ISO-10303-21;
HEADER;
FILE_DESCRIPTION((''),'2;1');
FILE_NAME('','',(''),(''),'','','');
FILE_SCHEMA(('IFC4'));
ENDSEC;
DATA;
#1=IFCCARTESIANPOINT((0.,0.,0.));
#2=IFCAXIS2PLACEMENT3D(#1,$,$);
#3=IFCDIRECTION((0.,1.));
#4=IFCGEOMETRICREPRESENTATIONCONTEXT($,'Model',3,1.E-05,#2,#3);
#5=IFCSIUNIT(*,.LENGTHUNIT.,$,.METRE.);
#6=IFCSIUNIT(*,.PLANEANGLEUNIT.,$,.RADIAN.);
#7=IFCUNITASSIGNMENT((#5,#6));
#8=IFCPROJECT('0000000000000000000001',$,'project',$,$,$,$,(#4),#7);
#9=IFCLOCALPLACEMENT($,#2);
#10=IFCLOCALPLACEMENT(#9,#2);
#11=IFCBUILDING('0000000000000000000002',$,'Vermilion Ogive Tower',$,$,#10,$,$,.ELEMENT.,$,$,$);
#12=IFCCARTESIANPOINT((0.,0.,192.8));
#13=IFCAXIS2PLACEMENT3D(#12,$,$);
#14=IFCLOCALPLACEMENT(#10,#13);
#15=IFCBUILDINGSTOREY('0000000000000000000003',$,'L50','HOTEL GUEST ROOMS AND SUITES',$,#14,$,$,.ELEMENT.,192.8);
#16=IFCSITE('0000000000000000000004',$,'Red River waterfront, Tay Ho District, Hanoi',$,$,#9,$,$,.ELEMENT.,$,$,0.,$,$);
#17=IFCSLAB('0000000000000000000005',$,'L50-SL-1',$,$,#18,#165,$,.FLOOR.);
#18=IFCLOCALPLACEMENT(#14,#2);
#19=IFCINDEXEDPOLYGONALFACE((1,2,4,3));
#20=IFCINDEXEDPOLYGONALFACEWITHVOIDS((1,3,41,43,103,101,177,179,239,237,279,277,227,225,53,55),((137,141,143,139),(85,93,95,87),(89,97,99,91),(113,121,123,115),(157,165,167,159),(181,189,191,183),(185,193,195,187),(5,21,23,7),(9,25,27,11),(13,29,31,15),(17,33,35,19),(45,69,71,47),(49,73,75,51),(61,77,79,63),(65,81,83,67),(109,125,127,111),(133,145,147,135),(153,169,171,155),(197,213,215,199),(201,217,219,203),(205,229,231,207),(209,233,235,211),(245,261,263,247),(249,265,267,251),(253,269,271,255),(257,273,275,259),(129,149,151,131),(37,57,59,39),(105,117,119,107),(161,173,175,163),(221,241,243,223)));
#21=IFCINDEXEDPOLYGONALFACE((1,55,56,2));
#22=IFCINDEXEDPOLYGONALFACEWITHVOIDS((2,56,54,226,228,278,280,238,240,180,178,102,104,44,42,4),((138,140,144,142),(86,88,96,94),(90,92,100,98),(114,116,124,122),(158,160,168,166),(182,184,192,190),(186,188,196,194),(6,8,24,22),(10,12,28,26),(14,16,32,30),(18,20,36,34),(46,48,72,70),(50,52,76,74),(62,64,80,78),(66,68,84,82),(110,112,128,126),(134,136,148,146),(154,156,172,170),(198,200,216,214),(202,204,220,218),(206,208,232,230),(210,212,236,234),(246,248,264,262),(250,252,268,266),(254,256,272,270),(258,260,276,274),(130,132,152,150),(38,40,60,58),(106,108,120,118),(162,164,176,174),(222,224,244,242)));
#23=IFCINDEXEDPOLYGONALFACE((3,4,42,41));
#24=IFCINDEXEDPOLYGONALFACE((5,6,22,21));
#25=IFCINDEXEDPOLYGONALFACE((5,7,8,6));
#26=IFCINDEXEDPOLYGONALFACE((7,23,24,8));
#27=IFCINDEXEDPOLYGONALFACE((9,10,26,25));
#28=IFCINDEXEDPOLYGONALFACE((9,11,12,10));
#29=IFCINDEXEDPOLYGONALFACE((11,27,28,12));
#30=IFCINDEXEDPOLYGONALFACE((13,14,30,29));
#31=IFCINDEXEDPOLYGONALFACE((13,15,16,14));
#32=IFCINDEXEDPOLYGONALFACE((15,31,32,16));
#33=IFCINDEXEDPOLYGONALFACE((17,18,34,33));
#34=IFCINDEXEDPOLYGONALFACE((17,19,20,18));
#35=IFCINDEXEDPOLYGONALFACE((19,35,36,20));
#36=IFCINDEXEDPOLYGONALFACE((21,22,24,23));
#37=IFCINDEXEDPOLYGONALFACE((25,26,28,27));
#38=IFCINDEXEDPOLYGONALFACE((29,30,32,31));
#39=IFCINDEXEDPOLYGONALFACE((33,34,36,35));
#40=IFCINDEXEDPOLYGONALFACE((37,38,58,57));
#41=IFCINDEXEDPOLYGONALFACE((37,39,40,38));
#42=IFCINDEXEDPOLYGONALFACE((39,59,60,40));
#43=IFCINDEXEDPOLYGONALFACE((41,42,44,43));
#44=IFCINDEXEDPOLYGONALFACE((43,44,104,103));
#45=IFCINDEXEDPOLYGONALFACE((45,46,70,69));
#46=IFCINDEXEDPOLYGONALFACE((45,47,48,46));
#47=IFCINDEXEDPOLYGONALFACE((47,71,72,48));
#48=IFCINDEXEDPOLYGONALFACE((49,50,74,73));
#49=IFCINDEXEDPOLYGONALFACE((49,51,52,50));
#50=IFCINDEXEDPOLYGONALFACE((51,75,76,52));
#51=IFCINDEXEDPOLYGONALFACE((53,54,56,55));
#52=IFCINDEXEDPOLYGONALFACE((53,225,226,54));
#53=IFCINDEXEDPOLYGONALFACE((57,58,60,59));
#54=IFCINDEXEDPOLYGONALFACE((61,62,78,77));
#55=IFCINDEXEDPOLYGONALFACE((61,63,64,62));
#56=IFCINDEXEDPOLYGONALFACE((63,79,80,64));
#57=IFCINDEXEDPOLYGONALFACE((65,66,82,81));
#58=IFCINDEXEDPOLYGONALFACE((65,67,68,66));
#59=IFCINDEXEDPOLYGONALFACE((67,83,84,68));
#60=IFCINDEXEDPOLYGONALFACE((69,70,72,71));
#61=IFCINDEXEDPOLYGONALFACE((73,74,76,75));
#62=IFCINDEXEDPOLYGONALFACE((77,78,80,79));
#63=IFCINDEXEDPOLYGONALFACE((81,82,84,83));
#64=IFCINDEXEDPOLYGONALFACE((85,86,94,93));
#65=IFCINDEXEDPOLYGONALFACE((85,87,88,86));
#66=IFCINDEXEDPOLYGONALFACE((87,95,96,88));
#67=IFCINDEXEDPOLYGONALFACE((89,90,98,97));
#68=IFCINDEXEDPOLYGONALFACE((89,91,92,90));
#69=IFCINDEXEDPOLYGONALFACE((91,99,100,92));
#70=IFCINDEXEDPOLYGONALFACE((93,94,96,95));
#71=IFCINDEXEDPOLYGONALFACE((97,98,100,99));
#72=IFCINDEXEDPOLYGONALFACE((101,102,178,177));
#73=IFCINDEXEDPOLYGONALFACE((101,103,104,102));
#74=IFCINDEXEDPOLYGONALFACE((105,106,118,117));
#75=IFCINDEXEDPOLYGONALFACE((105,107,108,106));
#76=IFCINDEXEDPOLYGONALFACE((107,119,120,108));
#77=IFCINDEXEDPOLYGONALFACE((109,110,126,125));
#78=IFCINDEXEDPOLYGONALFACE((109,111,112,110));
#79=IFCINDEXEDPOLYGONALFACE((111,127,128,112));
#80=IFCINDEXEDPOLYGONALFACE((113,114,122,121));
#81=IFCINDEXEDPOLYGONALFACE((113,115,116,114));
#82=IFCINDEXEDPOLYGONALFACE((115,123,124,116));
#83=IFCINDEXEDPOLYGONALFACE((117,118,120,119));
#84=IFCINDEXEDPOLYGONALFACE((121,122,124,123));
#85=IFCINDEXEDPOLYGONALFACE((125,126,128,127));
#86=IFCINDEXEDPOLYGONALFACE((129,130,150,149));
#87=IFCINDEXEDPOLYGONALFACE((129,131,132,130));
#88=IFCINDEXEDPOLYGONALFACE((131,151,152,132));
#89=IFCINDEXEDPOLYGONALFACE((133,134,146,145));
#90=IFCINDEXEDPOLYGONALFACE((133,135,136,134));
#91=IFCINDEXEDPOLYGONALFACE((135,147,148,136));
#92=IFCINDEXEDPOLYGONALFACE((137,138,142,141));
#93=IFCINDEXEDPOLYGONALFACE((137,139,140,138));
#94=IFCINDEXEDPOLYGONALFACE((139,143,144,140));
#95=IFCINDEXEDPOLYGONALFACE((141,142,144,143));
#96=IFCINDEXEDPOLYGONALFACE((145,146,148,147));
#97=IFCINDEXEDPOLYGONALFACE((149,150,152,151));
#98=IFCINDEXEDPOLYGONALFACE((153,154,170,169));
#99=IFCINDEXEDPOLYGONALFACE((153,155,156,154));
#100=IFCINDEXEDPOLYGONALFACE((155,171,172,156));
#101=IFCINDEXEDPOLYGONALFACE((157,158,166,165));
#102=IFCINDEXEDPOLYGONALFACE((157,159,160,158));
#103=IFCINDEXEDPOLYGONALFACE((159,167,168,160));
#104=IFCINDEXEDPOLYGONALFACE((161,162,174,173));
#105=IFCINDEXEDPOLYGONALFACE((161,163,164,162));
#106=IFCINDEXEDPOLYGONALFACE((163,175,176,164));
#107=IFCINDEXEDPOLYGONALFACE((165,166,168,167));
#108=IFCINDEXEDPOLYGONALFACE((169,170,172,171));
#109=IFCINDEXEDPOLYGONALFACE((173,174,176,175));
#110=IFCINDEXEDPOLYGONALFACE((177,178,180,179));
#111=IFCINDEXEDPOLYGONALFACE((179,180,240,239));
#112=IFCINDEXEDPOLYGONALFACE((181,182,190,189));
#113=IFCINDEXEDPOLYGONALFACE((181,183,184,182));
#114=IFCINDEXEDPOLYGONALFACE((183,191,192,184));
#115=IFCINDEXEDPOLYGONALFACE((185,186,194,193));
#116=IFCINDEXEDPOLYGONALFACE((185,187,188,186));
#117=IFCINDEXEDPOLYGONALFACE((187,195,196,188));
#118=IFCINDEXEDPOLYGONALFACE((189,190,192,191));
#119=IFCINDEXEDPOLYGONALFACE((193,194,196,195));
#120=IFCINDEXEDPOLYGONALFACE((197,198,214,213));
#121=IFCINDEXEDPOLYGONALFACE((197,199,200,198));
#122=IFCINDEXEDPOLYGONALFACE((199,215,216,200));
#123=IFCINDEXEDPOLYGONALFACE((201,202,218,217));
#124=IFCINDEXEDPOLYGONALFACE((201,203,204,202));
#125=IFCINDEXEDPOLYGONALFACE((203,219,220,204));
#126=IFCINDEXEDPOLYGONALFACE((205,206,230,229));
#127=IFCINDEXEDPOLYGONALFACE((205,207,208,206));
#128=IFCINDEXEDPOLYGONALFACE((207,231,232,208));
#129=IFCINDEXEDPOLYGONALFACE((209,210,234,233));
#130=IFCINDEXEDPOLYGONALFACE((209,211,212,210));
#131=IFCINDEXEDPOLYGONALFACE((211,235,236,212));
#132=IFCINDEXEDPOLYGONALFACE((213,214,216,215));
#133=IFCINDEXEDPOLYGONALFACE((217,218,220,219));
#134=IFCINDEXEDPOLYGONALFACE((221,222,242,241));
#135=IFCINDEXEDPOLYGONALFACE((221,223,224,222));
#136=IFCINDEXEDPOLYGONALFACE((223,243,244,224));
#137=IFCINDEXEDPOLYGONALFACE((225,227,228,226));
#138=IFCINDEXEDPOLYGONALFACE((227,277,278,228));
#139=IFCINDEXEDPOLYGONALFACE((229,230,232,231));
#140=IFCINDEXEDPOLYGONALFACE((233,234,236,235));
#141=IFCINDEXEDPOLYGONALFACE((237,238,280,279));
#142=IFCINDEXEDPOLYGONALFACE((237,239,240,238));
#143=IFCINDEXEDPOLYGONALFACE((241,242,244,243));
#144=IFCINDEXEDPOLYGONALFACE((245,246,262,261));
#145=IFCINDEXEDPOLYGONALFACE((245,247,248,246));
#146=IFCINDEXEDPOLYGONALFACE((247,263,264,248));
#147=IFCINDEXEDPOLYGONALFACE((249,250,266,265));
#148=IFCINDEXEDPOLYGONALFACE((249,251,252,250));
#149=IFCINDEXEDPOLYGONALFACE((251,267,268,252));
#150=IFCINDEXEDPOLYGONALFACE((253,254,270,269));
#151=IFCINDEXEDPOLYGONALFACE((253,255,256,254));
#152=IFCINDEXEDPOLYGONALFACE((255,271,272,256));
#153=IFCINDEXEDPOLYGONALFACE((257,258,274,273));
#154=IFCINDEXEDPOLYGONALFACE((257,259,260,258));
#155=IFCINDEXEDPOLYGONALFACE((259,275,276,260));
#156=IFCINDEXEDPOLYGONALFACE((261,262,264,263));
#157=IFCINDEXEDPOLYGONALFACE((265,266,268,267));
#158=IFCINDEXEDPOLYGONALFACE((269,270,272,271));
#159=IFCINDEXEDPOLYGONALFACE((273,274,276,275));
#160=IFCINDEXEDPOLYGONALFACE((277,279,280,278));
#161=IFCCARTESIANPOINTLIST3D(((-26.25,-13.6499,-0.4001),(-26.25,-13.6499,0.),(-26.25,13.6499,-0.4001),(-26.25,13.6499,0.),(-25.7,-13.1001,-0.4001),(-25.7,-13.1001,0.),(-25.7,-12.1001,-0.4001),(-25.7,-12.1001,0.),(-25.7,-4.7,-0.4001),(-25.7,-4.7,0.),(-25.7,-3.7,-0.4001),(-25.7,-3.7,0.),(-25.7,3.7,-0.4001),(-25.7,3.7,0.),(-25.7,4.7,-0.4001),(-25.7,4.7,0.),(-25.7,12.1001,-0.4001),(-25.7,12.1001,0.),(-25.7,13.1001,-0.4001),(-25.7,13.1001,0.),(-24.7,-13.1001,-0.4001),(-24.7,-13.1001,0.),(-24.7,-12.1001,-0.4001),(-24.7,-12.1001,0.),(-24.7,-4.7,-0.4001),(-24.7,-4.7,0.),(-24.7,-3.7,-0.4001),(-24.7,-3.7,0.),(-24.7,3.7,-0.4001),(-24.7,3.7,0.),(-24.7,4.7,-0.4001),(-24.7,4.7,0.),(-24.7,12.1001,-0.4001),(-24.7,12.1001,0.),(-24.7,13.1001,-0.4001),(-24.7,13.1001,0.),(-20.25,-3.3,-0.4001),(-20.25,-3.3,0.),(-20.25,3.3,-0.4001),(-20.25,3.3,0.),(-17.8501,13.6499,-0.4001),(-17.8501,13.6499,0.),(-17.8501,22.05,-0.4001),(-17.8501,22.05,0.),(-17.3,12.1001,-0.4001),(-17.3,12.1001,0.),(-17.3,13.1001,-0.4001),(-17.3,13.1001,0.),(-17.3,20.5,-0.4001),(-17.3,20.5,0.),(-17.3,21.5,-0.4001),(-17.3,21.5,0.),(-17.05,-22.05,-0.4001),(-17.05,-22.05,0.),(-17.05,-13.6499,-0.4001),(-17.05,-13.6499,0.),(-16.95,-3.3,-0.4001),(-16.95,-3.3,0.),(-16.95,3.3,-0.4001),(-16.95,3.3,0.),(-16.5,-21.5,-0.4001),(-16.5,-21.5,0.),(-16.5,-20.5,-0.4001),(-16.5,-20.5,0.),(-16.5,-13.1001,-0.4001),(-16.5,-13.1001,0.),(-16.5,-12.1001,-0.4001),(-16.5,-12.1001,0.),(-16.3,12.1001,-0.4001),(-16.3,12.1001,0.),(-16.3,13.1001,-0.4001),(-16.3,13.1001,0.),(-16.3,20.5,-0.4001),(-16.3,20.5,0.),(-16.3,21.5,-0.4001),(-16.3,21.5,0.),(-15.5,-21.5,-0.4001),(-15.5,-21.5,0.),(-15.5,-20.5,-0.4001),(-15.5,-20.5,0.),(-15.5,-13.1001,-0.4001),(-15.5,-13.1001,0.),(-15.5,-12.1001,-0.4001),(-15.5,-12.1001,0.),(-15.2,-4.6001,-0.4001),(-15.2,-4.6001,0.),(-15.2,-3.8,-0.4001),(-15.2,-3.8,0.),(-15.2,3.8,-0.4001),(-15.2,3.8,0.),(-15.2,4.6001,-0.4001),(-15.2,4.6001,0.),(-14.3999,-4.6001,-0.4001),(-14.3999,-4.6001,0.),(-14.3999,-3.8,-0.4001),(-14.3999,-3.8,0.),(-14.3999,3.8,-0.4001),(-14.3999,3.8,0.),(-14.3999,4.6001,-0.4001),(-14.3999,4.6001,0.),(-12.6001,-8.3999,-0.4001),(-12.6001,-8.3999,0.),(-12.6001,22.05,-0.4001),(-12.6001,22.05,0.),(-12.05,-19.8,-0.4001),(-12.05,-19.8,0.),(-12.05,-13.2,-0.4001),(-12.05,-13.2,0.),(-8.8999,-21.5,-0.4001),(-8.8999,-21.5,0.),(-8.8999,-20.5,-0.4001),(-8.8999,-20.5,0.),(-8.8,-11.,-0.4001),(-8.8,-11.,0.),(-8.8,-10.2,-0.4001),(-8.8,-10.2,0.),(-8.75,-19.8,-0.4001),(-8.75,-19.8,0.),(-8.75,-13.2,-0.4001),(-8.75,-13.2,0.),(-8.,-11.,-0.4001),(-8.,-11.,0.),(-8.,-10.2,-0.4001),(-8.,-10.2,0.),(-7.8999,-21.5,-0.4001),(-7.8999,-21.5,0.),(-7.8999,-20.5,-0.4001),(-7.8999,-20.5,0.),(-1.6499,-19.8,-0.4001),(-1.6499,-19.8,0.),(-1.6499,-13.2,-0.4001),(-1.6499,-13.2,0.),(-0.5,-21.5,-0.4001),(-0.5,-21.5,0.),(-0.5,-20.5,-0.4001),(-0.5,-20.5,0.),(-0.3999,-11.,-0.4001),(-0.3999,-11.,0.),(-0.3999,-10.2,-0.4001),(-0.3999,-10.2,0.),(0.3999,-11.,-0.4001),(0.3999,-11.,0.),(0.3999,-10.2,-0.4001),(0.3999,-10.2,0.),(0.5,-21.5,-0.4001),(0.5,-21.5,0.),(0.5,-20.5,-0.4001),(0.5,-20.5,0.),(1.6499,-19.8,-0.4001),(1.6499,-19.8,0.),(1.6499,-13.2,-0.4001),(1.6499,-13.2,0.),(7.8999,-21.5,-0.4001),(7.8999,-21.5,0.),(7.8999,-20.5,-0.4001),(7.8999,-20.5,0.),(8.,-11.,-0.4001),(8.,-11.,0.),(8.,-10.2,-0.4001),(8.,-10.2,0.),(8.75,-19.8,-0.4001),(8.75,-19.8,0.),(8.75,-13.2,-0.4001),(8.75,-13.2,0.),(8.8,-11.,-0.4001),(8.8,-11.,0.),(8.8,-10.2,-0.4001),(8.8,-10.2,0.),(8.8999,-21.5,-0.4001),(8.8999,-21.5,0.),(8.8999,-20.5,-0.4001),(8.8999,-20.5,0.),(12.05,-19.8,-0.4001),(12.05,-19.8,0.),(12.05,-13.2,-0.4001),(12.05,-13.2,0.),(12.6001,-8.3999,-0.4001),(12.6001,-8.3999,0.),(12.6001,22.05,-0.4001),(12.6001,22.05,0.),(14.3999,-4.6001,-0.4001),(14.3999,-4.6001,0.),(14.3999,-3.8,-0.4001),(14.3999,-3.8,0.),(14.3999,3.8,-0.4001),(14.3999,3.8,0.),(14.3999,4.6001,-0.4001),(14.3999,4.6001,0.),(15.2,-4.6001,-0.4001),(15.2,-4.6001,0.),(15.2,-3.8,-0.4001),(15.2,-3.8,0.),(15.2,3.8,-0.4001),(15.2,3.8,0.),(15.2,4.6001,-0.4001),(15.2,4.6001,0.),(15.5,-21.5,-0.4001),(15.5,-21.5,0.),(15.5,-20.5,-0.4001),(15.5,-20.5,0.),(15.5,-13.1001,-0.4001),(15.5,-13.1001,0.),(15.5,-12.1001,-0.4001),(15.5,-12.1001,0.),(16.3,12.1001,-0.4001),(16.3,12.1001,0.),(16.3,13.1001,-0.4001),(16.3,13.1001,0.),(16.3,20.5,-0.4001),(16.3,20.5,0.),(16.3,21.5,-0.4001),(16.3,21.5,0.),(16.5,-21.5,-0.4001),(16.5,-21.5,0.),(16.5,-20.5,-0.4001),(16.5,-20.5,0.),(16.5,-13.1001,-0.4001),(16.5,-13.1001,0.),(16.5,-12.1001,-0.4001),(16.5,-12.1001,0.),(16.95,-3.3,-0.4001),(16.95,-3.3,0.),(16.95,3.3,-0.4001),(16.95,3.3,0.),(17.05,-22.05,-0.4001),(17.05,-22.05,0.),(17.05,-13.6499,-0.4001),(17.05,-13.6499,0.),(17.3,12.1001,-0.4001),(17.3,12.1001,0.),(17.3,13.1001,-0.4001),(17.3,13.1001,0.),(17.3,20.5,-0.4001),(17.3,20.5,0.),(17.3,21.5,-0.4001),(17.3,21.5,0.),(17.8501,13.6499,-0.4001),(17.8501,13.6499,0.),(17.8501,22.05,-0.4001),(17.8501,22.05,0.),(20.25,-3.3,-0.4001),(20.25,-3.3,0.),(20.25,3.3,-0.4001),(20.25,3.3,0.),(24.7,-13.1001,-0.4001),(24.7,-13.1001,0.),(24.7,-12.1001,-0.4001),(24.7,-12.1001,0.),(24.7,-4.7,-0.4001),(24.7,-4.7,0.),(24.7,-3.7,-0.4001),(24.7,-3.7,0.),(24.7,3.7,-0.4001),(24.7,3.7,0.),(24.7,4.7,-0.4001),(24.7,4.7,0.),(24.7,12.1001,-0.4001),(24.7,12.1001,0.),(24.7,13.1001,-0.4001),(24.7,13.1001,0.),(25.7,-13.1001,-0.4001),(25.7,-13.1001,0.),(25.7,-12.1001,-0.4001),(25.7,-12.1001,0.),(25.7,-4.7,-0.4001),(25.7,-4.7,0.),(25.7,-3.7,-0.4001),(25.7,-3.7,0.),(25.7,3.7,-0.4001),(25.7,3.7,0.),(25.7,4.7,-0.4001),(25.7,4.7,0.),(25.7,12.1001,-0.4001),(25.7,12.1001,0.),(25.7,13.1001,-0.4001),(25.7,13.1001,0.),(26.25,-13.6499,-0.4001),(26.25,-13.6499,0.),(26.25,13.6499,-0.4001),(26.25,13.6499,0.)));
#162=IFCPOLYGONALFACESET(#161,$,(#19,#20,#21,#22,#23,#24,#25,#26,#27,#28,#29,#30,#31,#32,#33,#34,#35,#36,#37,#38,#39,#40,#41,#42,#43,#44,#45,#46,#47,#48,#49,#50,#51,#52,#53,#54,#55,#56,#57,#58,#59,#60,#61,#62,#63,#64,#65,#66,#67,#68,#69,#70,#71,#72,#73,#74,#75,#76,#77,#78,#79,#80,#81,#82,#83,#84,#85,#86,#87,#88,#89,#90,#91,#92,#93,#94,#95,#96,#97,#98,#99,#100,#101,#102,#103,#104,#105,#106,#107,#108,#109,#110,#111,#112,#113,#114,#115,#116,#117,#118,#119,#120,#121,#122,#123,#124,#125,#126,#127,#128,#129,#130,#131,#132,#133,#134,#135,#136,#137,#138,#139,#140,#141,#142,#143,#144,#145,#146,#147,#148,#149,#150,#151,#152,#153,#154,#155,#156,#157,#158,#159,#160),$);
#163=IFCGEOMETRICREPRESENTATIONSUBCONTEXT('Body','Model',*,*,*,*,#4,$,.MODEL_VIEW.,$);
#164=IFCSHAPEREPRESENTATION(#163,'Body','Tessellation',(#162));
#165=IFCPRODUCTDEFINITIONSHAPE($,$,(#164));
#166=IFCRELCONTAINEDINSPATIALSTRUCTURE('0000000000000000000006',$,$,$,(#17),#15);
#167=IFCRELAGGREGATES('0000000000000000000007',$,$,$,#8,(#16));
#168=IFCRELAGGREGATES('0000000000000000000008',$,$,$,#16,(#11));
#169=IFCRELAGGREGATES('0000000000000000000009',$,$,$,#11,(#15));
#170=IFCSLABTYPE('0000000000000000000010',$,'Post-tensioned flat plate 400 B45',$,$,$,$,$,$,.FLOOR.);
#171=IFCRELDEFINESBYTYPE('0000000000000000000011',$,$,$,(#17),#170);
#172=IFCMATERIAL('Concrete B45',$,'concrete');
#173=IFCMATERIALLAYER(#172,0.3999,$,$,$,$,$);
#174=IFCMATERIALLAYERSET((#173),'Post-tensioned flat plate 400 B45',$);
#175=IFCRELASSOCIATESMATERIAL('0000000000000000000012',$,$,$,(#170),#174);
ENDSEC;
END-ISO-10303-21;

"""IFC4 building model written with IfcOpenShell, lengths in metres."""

from ifc_helpers import new_model, si_unit, direction, frame, origin, place, context, subcontext, project, spatial, polyline, outline, extrude, material, layer, layer_set, type_object, element, save


model = new_model("IFC4")

# Units and contexts
model_context = context("Model", 3, precision=1e-05, world=origin(), true_north=direction((0.0, 1.0)))
body_context = subcontext(model_context, "Body", "Model", "MODEL_VIEW")
ifc_project = project(units=[si_unit("LENGTHUNIT", "METRE"), si_unit("PLANEANGLEUNIT", "RADIAN")], contexts=[model_context])

# Site, building, storey
site_placement = place(None, origin())
site = spatial("IfcSite", under=ifc_project, at=site_placement, Name="Red River waterfront, Tay Ho District, Hanoi", CompositionType="ELEMENT", RefElevation=0.0)
building_placement = place(site_placement, origin())
building = spatial("IfcBuilding", under=site, at=building_placement, Name="Vermilion Ogive Tower", CompositionType="ELEMENT")
storey_placement = place(building_placement, frame((0.0, 0.0, 192.8)))
storey = spatial("IfcBuildingStorey", under=building, at=storey_placement, Name="L50", Description="HOTEL GUEST ROOMS AND SUITES", CompositionType="ELEMENT", Elevation=192.8)

# Slab
ifc_material_1 = material(Name="Concrete B45", Category="concrete")
ifc_layer_1 = layer(ifc_material_1, 0.3999)
ifc_layer_set_1 = layer_set([ifc_layer_1], Name="Post-tensioned flat plate 400 B45")
slab_type = type_object("IfcSlabType", Name="Post-tensioned flat plate 400 B45", PredefinedType="FLOOR", material=ifc_layer_set_1)
slab_placement = place(storey_placement, frame((0.0, 0.0, -0.4001)))
element("IfcSlab", 1, at=slab_placement, inside=storey, type_object=slab_type, Name="L50-SL-1", PredefinedType="FLOOR", context=body_context, shape_type="SweptSolid", body=[
    extrude(outline(polyline([(-17.05, -13.6499), (-26.25, -13.6499), (-26.25, 13.6499), (-17.8501, 13.6499), (-17.8501, 22.05), (-12.6001, 22.05), (-12.6001, -8.3999), (12.6001, -8.3999), (12.6001, 22.05), (17.8501, 22.05), (17.8501, 13.6499), (26.25, 13.6499), (26.25, -13.6499), (17.05, -13.6499), (17.05, -22.05), (-17.05, -22.05), (-17.05, -13.6499)]), holes=[polyline([(25.7, -4.7), (25.7, -3.7), (24.7, -3.7), (24.7, -4.7), (25.7, -4.7)]), polyline([(25.7, -13.1001), (25.7, -12.1001), (24.7, -12.1001), (24.7, -13.1001), (25.7, -13.1001)]), polyline([(24.7, 12.1001), (25.7, 12.1001), (25.7, 13.1001), (24.7, 13.1001), (24.7, 12.1001)]), polyline([(24.7, 3.7), (25.7, 3.7), (25.7, 4.7), (24.7, 4.7), (24.7, 3.7)]), polyline([(20.25, -3.3), (20.25, 3.3), (16.95, 3.3), (16.95, -3.3), (20.25, -3.3)]), polyline([(17.3, 12.1001), (17.3, 13.1001), (16.3, 13.1001), (16.3, 12.1001), (17.3, 12.1001)]), polyline([(16.3, 20.5), (17.3, 20.5), (17.3, 21.5), (16.3, 21.5), (16.3, 20.5)]), polyline([(16.5, -13.1001), (16.5, -12.1001), (15.5, -12.1001), (15.5, -13.1001), (16.5, -13.1001)]), polyline([(16.5, -21.5), (16.5, -20.5), (15.5, -20.5), (15.5, -21.5), (16.5, -21.5)]), polyline([(15.2, 3.8), (15.2, 4.6001), (14.3999, 4.6001), (14.3999, 3.8), (15.2, 3.8)]), polyline([(14.3999, -4.6001), (15.2, -4.6001), (15.2, -3.8), (14.3999, -3.8), (14.3999, -4.6001)]), polyline([(12.05, -19.8), (12.05, -13.2), (8.75, -13.2), (8.75, -19.8), (12.05, -19.8)]), polyline([(8.8999, -21.5), (8.8999, -20.5), (7.8999, -20.5), (7.8999, -21.5), (8.8999, -21.5)]), polyline([(8.0, -11.0), (8.8, -11.0), (8.8, -10.2), (8.0, -10.2), (8.0, -11.0)]), polyline([(1.6499, -19.8), (1.6499, -13.2), (-1.6499, -13.2), (-1.6499, -19.8), (1.6499, -19.8)]), polyline([(0.5, -21.5), (0.5, -20.5), (-0.5, -20.5), (-0.5, -21.5), (0.5, -21.5)]), polyline([(0.3999, -11.0), (0.3999, -10.2), (-0.3999, -10.2), (-0.3999, -11.0), (0.3999, -11.0)]), polyline([(-7.8999, -21.5), (-7.8999, -20.5), (-8.8999, -20.5), (-8.8999, -21.5), (-7.8999, -21.5)]), polyline([(-8.0, -11.0), (-8.0, -10.2), (-8.8, -10.2), (-8.8, -11.0), (-8.0, -11.0)]), polyline([(-8.75, -19.8), (-8.75, -13.2), (-12.05, -13.2), (-12.05, -19.8), (-8.75, -19.8)]), polyline([(-14.3999, 3.8), (-14.3999, 4.6001), (-15.2, 4.6001), (-15.2, 3.8), (-14.3999, 3.8)]), polyline([(-15.2, -4.6001), (-14.3999, -4.6001), (-14.3999, -3.8), (-15.2, -3.8), (-15.2, -4.6001)]), polyline([(-15.5, -13.1001), (-15.5, -12.1001), (-16.5, -12.1001), (-16.5, -13.1001), (-15.5, -13.1001)]), polyline([(-15.5, -21.5), (-15.5, -20.5), (-16.5, -20.5), (-16.5, -21.5), (-15.5, -21.5)]), polyline([(-16.3, 12.1001), (-16.3, 13.1001), (-17.3, 13.1001), (-17.3, 12.1001), (-16.3, 12.1001)]), polyline([(-17.3, 20.5), (-16.3, 20.5), (-16.3, 21.5), (-17.3, 21.5), (-17.3, 20.5)]), polyline([(-16.95, -3.3), (-16.95, 3.3), (-20.25, 3.3), (-20.25, -3.3), (-16.95, -3.3)]), polyline([(-25.7, 3.7), (-24.7, 3.7), (-24.7, 4.7), (-25.7, 4.7), (-25.7, 3.7)]), polyline([(-24.7, 12.1001), (-24.7, 13.1001), (-25.7, 13.1001), (-25.7, 12.1001), (-24.7, 12.1001)]), polyline([(-24.7, -4.7), (-24.7, -3.7), (-25.7, -3.7), (-25.7, -4.7), (-24.7, -4.7)]), polyline([(-24.7, -13.1001), (-24.7, -12.1001), (-25.7, -12.1001), (-25.7, -13.1001), (-24.7, -13.1001)])]), origin(), (0.0, 0.0, 1.0), 0.4001),
])

save(model, "model.ifc")
